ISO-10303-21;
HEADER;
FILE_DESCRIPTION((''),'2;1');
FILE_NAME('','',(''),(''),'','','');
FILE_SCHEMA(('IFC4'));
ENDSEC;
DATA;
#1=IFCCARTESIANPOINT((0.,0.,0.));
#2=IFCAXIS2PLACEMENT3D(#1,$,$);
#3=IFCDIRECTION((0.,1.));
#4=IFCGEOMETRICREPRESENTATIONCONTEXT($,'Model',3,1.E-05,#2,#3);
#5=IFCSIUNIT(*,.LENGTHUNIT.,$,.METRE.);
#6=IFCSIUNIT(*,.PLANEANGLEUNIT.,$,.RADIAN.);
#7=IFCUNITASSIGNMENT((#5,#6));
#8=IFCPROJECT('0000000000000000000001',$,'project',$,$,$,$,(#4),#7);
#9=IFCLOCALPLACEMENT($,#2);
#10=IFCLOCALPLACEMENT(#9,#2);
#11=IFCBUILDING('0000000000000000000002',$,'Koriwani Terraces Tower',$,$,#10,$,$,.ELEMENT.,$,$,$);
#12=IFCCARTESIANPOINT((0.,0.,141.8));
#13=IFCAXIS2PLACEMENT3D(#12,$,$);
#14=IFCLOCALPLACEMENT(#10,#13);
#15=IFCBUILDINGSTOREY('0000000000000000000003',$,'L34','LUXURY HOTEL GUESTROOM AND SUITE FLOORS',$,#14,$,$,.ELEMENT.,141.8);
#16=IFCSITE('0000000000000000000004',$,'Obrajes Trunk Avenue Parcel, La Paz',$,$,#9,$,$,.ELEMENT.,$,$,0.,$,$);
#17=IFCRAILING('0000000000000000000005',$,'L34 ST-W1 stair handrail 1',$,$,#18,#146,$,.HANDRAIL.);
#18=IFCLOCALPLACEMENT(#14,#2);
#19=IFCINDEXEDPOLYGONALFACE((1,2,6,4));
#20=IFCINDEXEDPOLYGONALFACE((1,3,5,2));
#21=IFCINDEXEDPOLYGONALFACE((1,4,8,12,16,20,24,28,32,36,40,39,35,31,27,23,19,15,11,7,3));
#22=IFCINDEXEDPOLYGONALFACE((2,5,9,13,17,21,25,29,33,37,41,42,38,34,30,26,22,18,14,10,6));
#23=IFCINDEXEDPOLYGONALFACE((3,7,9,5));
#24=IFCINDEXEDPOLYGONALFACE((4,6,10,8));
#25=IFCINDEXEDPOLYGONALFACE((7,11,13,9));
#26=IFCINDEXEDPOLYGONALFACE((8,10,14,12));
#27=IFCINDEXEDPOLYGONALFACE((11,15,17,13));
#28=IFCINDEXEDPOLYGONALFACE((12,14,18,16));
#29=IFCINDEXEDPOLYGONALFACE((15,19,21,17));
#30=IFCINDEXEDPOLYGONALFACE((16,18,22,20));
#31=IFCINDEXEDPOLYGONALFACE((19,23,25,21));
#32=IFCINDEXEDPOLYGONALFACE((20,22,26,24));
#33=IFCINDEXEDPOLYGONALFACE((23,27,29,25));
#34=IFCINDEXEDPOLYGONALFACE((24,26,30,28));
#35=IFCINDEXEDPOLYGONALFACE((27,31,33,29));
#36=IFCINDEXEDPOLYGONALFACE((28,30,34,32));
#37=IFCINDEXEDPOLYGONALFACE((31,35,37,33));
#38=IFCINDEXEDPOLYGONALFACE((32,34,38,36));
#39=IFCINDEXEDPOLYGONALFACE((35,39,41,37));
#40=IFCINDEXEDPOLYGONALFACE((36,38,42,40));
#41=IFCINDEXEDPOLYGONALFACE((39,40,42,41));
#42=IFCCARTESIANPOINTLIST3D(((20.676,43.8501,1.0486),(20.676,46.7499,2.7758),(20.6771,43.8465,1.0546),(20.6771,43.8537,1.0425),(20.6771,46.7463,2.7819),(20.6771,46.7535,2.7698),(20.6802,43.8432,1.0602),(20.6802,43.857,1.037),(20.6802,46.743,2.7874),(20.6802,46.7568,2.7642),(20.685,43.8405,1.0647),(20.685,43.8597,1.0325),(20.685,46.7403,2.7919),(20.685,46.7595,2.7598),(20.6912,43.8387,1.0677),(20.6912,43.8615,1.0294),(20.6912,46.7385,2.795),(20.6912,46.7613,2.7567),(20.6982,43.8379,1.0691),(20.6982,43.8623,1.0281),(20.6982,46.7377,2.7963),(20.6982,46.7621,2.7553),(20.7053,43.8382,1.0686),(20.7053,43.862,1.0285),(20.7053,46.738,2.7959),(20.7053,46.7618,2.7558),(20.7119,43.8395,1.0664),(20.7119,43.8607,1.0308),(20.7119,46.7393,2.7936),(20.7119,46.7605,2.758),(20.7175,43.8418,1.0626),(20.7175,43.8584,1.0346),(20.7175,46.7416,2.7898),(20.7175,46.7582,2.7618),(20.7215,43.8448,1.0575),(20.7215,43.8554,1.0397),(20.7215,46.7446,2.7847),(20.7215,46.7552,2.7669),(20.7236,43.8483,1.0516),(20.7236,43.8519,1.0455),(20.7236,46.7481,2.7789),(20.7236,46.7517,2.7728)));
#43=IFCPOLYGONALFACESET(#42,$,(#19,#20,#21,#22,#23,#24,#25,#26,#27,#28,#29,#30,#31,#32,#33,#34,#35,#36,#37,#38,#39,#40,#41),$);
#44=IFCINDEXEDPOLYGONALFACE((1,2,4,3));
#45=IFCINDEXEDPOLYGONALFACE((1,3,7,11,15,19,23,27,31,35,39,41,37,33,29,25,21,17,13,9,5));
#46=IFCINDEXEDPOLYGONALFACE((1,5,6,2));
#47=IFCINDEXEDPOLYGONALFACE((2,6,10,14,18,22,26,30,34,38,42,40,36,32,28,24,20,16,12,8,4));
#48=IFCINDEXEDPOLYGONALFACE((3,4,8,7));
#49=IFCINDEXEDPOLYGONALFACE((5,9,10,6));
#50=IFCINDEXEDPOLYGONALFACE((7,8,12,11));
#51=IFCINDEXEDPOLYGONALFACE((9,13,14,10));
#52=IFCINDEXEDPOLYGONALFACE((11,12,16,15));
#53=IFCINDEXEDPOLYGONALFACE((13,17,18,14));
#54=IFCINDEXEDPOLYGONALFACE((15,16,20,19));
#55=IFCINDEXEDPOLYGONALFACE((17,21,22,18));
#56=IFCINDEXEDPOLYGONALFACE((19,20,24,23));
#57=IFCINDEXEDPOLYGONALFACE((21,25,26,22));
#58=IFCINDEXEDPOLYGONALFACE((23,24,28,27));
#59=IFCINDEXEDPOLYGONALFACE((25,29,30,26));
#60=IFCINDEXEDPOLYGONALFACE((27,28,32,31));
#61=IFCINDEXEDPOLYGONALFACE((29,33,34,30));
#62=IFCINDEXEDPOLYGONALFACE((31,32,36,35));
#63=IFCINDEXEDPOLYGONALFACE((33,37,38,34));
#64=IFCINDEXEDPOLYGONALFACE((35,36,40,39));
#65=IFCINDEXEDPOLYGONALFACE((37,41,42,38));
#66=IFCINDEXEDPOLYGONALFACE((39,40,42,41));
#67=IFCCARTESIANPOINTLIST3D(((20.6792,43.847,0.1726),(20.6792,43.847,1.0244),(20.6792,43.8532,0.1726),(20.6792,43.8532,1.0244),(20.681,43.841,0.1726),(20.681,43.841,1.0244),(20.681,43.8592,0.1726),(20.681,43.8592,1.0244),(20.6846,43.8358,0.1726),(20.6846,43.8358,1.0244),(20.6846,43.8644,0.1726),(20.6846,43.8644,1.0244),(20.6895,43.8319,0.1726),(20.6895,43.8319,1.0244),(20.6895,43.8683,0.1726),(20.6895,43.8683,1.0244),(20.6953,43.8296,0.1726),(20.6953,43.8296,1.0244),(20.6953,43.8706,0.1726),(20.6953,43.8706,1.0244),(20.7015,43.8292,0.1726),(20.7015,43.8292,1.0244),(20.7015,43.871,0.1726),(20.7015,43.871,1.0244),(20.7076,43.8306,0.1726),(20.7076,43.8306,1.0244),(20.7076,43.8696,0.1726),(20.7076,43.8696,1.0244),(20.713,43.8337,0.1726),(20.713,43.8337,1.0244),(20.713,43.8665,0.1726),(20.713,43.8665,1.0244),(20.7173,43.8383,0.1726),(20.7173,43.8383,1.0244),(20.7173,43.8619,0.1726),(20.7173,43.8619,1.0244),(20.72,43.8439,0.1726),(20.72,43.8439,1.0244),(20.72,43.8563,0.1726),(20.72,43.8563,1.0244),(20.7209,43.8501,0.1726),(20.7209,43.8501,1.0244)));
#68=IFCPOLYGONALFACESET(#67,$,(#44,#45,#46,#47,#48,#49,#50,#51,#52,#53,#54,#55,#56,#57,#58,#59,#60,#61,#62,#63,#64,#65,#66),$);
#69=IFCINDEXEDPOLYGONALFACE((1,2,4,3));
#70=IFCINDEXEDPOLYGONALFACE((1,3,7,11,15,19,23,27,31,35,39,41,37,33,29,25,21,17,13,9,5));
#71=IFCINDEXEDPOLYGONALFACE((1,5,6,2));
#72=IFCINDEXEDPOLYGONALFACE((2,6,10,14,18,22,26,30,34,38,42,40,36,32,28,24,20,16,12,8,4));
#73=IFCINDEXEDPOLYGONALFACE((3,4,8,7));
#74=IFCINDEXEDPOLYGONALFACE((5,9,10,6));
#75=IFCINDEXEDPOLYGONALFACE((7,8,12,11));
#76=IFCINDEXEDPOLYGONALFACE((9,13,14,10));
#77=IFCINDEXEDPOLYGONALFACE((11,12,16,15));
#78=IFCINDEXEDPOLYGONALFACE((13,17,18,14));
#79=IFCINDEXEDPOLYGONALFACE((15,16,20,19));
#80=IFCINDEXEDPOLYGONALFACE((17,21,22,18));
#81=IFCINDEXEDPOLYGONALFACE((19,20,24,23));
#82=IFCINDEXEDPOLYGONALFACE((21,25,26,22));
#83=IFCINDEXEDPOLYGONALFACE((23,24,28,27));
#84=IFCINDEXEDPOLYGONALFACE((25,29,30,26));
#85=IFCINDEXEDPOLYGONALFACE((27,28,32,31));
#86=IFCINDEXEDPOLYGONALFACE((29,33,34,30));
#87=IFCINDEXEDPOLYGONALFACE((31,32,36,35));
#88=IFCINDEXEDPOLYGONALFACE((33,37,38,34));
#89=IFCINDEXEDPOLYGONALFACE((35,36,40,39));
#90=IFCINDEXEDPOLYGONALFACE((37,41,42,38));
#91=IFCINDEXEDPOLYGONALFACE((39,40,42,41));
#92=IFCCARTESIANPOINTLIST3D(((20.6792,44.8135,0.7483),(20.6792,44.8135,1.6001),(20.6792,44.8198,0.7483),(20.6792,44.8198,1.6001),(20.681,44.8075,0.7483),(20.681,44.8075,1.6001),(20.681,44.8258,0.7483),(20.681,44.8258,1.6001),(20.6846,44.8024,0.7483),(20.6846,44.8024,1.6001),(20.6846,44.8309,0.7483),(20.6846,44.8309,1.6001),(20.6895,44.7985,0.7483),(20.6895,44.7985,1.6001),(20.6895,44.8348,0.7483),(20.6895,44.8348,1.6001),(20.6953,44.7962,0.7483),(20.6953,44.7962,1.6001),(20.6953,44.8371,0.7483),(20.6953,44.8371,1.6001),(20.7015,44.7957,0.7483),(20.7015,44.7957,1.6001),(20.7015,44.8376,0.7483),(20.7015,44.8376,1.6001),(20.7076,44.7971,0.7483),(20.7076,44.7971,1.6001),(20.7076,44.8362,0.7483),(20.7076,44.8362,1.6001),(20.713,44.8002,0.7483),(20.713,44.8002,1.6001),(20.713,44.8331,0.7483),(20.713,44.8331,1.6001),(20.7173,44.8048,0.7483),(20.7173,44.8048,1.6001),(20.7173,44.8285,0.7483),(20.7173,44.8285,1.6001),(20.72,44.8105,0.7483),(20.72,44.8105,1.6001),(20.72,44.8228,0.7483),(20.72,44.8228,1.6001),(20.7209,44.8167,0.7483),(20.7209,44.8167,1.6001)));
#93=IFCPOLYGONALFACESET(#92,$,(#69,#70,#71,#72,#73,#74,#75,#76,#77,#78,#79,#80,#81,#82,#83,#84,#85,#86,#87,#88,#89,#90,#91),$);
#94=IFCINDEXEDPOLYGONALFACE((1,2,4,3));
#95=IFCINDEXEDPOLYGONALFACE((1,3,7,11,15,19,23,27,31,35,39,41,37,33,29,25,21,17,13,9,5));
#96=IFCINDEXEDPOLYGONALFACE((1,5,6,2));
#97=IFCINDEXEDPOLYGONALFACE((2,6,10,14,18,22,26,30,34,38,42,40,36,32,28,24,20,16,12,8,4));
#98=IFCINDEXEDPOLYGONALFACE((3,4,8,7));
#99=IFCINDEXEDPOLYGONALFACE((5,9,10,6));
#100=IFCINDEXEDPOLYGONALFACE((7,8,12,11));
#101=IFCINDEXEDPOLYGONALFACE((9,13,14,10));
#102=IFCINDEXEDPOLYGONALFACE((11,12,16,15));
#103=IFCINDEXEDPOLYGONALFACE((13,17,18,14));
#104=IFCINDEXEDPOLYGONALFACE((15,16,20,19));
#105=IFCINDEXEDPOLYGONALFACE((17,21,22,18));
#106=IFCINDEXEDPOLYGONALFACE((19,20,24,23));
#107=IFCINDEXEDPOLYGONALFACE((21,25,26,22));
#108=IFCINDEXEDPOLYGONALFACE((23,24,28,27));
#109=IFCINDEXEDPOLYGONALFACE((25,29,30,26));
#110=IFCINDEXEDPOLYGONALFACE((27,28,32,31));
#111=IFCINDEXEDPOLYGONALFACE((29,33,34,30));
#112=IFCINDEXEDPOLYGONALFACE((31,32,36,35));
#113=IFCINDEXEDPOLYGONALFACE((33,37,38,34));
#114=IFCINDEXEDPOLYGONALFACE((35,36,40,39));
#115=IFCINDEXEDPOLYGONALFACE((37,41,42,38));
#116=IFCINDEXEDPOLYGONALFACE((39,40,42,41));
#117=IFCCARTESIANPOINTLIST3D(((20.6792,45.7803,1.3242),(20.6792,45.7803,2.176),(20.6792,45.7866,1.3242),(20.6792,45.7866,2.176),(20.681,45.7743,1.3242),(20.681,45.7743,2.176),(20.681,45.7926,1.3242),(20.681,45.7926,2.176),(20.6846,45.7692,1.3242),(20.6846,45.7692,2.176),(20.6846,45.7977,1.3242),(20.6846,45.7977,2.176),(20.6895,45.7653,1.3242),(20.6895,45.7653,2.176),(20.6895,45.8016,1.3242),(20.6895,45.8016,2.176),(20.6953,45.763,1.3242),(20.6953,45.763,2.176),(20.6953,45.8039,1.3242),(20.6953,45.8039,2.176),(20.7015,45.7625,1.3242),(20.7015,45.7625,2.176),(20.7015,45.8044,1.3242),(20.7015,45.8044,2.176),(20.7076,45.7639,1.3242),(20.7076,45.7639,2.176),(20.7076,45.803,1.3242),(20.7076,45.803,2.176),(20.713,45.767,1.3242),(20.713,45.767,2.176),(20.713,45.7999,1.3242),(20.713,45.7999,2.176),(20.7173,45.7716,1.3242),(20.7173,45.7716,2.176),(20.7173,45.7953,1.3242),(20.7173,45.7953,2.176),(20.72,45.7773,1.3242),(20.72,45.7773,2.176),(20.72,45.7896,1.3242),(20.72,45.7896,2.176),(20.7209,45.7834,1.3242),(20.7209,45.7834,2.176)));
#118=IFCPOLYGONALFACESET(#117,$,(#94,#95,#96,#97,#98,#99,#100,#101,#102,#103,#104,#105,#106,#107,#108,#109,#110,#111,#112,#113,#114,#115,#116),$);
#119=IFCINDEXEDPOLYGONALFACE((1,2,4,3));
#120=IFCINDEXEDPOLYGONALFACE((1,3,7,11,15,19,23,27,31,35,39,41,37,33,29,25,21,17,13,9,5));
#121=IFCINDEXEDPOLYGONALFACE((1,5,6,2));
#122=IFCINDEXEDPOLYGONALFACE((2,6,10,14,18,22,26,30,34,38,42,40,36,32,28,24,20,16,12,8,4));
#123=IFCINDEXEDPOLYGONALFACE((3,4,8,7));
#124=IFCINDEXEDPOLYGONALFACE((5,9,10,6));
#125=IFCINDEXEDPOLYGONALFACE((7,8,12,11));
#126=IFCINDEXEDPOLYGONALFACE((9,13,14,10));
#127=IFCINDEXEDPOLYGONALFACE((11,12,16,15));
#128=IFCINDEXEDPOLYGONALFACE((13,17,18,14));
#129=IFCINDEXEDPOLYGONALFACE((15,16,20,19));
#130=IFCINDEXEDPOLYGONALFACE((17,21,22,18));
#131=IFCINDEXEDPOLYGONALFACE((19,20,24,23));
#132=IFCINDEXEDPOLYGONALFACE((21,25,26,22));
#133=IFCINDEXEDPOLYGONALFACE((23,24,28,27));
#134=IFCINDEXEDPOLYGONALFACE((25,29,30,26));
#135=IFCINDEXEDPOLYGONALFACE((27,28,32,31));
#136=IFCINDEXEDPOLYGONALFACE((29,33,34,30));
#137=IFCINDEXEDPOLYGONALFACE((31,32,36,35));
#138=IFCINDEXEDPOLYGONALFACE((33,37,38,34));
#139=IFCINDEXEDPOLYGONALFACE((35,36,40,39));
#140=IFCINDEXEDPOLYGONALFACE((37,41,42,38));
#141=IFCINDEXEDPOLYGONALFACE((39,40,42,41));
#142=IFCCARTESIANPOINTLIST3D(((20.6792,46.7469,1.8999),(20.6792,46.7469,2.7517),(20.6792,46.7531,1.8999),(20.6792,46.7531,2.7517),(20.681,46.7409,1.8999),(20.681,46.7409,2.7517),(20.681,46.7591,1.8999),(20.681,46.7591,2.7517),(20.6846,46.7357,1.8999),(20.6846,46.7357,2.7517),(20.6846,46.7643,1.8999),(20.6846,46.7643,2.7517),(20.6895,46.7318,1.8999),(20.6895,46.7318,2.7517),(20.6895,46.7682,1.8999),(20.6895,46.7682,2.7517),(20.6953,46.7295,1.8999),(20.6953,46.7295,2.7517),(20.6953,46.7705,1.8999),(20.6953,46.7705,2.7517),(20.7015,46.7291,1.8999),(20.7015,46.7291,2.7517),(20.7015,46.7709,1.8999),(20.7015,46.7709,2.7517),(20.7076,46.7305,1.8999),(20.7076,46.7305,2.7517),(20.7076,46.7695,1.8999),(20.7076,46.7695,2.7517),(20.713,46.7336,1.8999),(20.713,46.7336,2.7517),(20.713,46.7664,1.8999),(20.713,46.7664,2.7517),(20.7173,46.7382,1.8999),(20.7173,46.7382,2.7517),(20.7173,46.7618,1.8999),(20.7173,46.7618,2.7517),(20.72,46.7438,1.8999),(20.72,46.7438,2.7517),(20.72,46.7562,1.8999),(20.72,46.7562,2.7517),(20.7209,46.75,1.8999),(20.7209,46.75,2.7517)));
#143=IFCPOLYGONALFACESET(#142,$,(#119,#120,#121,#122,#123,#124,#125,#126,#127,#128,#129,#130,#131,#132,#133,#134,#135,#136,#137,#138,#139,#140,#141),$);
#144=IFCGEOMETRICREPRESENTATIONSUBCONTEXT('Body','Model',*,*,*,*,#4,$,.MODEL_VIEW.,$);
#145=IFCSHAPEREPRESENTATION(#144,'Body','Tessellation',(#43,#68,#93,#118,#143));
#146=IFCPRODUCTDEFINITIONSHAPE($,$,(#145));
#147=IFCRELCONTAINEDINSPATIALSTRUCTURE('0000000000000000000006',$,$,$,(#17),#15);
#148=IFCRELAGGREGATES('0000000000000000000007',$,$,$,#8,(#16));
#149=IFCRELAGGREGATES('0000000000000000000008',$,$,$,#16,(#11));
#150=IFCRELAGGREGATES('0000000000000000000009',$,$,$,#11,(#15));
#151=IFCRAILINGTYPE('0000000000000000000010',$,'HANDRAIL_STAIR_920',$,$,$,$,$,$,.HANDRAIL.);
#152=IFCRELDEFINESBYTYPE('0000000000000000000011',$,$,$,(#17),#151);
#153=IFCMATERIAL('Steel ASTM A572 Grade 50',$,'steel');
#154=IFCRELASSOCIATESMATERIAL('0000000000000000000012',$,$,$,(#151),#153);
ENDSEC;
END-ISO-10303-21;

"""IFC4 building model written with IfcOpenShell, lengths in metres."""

from ifc_helpers import new_model, si_unit, direction, frame, origin, origin_2d, place, context, subcontext, project, spatial, circle, extrude, material, type_object, element, save


model = new_model("IFC4")

# Units and contexts
model_context = context("Model", 3, precision=1e-05, world=origin(), true_north=direction((0.0, 1.0)))
body_context = subcontext(model_context, "Body", "Model", "MODEL_VIEW")
ifc_project = project(units=[si_unit("LENGTHUNIT", "METRE"), si_unit("PLANEANGLEUNIT", "RADIAN")], contexts=[model_context])

# Site, building, storey
site_placement = place(None, origin())
site = spatial("IfcSite", under=ifc_project, at=site_placement, Name="Obrajes Trunk Avenue Parcel, La Paz", CompositionType="ELEMENT", RefElevation=0.0)
building_placement = place(site_placement, origin())
building = spatial("IfcBuilding", under=site, at=building_placement, Name="Koriwani Terraces Tower", CompositionType="ELEMENT")
storey_placement = place(building_placement, frame((0.0, 0.0, 141.8)))
storey = spatial("IfcBuildingStorey", under=building, at=storey_placement, Name="L34", Description="LUXURY HOTEL GUESTROOM AND SUITE FLOORS", CompositionType="ELEMENT", Elevation=141.8)

# Shared definitions
ifc_material_1 = material(Name="Steel ASTM A572 Grade 50", Category="steel")

# Railing
railing_type_1 = type_object("IfcRailingType", Name="HANDRAIL_STAIR_920", PredefinedType="HANDRAIL", material=ifc_material_1)
for number, where, name in (
    (1, (20.7, 43.8501, 0.1726), "L34 ST-W1 stair handrail 1"),
):
    element("IfcRailing", number, at=place(storey_placement, frame(where)), inside=storey, type_object=railing_type_1, Name=name, PredefinedType="HANDRAIL", context=body_context, shape_type="SweptSolid", body=[
        extrude(circle(Radius=0.0239, at=origin_2d()), frame((0.0, 0.0, 0.876), z_axis=(0.0, 0.859141, 0.511738), x_axis=(-1.0, 0.0, 0.0)), (0.0, 0.0, 1.0), 3.3752),
        extrude(circle(Radius=0.021, at=origin_2d()), origin(), (0.0, 0.0, 1.0), 0.8518),
        extrude(circle(Radius=0.021, at=origin_2d()), frame((0.0, 0.9666, 0.5757)), (0.0, 0.0, 1.0), 0.8518),
        extrude(circle(Radius=0.021, at=origin_2d()), frame((0.0, 1.9333, 1.1516)), (0.0, 0.0, 1.0), 0.8518),
        extrude(circle(Radius=0.021, at=origin_2d()), frame((0.0, 2.8999, 1.7273)), (0.0, 0.0, 1.0), 0.8518),
    ])

save(model, "model.ifc")
